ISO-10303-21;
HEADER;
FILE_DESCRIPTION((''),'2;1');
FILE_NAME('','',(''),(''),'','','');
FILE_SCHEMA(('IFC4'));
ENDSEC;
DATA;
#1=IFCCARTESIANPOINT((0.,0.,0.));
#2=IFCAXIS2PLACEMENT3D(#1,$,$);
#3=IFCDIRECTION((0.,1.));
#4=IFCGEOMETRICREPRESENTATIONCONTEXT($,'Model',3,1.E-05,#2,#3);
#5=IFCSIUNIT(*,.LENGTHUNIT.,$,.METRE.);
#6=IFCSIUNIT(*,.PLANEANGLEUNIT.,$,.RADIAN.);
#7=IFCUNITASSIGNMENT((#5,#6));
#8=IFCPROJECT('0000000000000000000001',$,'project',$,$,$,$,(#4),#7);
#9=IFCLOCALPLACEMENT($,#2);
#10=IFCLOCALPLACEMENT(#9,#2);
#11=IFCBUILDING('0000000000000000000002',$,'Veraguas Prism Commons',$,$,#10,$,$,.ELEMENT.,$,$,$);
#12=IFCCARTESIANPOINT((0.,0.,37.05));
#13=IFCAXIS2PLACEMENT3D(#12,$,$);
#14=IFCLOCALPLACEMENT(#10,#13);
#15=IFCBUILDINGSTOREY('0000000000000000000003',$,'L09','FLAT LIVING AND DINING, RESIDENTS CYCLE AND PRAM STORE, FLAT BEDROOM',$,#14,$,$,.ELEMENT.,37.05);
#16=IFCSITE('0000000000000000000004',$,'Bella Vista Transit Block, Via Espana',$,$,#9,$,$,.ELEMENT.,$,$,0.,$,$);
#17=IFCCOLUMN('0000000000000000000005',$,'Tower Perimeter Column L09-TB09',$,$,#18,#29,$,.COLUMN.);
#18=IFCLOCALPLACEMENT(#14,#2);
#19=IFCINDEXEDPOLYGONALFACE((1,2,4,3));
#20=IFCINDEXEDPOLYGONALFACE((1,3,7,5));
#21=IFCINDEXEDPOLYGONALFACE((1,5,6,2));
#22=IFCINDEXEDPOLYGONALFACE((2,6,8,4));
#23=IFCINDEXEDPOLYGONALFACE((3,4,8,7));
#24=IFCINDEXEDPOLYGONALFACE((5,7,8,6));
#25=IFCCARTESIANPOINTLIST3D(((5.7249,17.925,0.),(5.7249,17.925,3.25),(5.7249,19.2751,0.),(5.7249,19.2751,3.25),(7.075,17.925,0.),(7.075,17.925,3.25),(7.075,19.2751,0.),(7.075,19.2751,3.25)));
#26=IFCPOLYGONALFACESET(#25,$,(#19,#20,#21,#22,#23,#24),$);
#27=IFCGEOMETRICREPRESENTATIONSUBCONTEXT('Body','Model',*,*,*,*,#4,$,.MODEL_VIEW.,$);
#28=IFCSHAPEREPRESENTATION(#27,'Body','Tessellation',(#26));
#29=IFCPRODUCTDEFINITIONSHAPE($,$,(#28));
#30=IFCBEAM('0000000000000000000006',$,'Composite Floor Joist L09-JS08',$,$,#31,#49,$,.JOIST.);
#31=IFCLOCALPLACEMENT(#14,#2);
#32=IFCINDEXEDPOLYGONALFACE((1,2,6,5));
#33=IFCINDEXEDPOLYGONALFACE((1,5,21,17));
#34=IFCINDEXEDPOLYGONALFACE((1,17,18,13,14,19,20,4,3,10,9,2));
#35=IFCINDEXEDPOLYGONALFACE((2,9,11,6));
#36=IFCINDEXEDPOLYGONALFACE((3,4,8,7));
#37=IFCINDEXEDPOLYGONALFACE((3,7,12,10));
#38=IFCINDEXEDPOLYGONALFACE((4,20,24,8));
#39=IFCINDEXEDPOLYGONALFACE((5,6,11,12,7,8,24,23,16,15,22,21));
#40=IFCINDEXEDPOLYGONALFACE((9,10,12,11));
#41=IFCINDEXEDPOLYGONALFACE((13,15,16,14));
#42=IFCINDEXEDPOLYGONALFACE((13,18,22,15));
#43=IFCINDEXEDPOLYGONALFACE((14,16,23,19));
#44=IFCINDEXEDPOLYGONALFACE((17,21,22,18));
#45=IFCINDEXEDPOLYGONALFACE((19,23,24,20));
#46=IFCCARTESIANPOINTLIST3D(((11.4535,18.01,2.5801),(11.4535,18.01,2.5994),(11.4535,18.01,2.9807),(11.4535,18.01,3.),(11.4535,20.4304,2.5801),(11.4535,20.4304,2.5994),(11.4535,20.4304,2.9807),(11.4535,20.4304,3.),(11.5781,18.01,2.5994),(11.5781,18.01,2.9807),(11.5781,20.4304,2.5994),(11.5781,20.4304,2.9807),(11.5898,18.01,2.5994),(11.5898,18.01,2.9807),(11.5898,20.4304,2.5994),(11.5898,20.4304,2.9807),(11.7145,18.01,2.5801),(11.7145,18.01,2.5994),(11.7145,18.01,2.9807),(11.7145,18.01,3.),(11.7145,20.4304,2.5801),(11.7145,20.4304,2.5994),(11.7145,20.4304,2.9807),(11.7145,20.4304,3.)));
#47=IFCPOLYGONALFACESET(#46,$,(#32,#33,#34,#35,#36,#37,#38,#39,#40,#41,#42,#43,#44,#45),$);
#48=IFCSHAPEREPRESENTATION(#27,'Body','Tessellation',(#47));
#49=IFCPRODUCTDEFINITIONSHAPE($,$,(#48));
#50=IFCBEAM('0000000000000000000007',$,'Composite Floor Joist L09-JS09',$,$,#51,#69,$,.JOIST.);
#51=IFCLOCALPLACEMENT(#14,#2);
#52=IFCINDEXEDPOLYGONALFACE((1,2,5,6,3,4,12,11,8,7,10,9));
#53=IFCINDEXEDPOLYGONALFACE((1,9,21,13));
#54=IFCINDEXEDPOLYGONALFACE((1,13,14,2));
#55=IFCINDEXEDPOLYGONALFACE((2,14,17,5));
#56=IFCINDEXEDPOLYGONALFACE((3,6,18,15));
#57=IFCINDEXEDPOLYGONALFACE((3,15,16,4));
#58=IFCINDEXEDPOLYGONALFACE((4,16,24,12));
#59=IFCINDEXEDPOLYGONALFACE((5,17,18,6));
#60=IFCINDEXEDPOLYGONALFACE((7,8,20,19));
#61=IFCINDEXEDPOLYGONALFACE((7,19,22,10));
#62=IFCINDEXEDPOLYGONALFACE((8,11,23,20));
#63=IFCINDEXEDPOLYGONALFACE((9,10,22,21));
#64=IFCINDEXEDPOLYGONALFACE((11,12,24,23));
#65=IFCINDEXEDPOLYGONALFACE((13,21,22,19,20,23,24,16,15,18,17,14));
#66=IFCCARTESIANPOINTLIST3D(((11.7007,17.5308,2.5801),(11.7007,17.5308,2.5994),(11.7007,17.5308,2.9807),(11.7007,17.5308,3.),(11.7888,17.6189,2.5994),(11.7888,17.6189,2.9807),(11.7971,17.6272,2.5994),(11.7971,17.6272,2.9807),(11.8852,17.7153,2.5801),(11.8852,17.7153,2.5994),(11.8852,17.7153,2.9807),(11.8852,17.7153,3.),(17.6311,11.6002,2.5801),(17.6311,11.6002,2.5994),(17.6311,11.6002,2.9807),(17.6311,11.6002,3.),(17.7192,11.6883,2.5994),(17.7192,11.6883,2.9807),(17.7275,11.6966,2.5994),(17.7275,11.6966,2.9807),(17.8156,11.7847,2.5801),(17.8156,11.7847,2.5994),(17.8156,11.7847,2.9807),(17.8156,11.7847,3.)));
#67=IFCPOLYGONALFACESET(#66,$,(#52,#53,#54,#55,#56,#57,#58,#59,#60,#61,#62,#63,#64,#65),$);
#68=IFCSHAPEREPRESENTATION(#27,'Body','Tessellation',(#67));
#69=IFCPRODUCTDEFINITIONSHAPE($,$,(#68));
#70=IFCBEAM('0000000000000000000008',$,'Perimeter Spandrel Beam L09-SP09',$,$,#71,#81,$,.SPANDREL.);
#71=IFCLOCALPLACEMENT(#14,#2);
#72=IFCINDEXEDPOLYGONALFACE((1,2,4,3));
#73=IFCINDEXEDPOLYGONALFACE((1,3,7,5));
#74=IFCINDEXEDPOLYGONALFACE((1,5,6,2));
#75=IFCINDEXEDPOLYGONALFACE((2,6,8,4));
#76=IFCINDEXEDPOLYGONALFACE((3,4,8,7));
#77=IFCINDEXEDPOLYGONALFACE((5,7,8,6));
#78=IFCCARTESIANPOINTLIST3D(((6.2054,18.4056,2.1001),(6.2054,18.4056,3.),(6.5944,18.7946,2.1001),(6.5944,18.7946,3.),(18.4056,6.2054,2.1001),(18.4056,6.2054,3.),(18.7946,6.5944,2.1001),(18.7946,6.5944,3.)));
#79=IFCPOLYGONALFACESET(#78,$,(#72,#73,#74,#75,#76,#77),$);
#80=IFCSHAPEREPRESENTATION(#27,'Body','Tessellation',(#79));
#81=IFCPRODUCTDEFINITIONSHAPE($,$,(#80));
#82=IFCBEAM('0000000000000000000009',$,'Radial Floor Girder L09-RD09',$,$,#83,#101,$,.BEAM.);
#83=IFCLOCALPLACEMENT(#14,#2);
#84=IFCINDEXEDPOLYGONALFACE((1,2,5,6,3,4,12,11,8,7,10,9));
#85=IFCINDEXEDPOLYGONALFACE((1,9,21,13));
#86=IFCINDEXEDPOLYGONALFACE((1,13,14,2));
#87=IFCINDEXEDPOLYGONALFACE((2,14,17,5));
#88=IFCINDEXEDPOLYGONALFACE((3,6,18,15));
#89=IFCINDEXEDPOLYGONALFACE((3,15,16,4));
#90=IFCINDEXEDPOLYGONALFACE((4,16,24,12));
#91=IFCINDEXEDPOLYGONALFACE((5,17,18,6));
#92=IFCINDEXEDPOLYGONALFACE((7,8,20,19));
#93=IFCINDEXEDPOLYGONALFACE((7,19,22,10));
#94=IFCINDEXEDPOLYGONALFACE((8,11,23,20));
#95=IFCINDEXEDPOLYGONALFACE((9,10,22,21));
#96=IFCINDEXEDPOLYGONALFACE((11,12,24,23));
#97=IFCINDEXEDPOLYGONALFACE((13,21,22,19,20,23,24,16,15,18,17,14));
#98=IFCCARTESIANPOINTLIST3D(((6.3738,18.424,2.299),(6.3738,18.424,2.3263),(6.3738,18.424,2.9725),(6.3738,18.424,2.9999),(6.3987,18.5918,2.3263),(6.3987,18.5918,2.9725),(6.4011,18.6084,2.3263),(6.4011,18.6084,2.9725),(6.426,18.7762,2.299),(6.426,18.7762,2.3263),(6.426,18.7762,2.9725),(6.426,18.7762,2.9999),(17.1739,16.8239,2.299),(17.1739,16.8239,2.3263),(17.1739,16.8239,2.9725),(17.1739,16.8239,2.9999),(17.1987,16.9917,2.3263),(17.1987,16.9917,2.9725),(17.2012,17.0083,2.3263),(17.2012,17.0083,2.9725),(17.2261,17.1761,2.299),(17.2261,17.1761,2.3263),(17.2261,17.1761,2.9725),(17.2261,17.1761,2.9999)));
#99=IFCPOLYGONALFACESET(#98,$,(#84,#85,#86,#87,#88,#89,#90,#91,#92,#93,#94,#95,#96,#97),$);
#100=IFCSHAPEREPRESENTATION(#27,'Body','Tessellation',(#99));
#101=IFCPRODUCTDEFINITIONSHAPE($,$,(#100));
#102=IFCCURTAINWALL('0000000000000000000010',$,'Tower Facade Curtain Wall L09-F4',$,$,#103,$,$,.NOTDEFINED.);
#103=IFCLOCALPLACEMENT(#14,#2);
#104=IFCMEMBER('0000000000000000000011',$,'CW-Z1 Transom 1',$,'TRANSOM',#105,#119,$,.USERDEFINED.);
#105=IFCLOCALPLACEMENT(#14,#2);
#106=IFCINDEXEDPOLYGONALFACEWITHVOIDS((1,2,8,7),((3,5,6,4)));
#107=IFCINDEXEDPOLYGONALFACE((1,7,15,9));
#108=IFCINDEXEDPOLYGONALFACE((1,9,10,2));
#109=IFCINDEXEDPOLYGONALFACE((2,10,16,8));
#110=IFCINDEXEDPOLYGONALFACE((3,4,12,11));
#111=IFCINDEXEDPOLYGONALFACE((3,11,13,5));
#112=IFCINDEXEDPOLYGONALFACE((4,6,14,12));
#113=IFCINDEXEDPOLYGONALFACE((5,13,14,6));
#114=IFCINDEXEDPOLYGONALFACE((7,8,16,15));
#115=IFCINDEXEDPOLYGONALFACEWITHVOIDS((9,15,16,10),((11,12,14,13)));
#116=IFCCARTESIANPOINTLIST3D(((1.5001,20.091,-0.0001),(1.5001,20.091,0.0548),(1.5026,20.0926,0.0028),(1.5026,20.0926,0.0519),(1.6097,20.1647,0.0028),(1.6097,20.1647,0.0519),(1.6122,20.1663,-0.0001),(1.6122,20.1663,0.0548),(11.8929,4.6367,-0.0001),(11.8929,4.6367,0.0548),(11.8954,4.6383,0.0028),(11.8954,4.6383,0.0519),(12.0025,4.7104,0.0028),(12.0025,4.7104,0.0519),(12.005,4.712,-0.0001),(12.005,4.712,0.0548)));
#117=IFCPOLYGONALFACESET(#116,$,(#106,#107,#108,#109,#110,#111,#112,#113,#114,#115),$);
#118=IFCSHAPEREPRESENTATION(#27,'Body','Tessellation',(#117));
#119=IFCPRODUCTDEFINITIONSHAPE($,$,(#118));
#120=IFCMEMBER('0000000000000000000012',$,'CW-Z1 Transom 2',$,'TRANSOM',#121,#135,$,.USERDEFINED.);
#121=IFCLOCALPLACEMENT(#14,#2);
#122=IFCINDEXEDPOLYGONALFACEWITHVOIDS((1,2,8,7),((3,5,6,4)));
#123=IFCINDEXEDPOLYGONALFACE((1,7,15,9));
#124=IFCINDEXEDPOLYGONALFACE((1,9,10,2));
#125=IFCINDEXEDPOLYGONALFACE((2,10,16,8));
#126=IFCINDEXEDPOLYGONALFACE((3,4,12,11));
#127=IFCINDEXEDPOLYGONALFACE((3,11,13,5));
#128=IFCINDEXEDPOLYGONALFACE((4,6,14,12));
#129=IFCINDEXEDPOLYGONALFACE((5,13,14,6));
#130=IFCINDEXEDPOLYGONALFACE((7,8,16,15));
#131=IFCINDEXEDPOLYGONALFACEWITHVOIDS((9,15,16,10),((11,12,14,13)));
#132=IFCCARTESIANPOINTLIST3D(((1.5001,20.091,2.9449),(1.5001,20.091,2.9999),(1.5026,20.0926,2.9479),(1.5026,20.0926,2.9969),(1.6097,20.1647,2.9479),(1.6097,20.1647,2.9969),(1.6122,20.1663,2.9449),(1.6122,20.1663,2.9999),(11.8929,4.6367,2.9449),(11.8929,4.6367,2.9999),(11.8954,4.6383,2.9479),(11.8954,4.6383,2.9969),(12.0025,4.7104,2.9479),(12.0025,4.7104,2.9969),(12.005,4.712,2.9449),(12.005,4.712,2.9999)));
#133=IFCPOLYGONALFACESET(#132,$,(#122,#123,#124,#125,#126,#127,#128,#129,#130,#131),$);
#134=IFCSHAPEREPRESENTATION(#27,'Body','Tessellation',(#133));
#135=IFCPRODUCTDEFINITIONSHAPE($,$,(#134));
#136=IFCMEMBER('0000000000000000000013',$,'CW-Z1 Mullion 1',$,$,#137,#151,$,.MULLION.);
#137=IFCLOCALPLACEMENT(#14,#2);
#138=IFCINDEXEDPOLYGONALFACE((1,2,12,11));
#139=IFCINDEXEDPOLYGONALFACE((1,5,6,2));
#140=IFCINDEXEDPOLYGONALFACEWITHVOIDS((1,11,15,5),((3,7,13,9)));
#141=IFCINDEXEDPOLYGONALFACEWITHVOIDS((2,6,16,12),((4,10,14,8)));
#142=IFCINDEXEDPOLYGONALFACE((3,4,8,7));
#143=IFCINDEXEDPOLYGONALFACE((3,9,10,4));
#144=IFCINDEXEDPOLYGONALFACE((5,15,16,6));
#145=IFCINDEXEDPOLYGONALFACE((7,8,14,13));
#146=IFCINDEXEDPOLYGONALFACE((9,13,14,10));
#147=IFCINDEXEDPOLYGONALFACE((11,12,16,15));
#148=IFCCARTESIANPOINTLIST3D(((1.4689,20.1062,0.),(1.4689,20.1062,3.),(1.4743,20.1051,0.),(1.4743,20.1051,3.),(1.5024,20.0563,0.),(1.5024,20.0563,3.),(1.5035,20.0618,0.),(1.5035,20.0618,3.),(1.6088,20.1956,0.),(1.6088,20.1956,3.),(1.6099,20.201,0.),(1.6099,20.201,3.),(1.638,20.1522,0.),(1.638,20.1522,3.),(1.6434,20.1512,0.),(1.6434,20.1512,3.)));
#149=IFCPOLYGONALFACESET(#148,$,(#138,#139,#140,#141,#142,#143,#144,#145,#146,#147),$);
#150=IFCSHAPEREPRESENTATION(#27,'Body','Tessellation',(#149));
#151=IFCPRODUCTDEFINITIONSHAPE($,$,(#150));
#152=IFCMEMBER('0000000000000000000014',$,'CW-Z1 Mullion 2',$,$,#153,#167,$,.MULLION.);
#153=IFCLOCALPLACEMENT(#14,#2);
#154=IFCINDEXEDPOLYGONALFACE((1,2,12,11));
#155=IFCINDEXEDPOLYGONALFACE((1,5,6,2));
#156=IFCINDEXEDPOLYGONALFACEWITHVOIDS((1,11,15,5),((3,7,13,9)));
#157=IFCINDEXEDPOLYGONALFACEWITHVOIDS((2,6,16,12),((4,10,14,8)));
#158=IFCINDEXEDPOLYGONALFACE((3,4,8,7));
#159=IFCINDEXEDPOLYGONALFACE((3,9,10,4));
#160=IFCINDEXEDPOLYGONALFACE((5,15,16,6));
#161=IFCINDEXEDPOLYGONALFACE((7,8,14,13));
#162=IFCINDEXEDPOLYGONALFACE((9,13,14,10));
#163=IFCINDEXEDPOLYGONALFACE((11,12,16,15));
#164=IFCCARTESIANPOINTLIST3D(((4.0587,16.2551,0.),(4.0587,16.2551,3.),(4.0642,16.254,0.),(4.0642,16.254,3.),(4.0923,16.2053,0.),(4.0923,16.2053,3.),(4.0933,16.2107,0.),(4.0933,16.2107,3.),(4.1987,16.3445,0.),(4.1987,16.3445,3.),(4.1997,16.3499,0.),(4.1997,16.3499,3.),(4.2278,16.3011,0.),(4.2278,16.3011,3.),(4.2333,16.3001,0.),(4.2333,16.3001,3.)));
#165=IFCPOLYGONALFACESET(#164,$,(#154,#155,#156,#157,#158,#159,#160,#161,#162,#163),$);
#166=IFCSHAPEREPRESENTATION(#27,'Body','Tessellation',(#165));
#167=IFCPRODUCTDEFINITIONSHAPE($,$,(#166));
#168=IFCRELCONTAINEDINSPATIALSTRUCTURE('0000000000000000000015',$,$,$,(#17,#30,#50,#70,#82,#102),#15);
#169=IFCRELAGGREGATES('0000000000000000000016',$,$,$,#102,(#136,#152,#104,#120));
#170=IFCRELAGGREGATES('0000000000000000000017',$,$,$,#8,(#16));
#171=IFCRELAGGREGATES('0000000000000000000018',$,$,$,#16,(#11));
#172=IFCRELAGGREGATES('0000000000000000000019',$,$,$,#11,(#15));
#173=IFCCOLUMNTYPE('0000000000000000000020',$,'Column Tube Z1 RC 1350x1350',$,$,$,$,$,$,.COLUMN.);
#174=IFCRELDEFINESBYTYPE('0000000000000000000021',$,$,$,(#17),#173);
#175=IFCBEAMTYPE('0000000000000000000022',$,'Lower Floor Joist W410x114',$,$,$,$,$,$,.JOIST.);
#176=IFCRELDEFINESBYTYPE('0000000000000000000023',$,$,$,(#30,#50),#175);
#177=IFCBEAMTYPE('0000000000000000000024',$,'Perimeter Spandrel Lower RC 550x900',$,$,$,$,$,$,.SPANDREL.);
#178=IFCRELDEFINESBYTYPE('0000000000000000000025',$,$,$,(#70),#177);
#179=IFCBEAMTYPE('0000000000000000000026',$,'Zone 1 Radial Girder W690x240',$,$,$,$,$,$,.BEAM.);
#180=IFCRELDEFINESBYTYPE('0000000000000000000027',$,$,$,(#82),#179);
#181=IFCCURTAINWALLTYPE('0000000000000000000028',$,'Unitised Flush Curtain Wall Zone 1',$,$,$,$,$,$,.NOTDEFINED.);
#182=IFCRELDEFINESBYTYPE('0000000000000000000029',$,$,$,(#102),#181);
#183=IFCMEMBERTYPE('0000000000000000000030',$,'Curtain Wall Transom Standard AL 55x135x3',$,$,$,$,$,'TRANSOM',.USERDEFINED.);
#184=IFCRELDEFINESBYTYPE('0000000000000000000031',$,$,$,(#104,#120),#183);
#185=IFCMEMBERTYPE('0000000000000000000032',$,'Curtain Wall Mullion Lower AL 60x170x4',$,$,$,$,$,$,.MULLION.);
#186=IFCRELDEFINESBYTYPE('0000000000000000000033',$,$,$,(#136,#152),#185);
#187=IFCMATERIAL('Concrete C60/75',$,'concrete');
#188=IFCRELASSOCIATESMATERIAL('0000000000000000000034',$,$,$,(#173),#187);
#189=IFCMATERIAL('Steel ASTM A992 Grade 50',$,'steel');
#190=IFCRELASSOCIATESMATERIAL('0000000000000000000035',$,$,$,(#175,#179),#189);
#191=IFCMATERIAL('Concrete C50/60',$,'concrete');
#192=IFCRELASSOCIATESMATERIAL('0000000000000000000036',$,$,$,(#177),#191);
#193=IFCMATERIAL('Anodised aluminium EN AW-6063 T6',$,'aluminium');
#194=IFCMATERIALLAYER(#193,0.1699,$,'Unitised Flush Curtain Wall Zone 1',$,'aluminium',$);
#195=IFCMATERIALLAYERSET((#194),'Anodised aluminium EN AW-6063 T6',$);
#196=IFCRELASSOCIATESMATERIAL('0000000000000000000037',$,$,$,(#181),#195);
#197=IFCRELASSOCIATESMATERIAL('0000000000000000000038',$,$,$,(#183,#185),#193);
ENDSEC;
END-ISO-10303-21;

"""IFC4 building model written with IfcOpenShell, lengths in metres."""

from ifc_helpers import new_model, si_unit, direction, frame, origin, origin_2d, place, context, subcontext, project, spatial, rectangle, hollow_rectangle, i_section, extrude, source, transform, mapped, material, layer, layer_set, material_profile, profile_set, type_object, element, aggregate, save


model = new_model("IFC4")

# Units and contexts
model_context = context("Model", 3, precision=1e-05, world=origin(), true_north=direction((0.0, 1.0)))
body_context = subcontext(model_context, "Body", "Model", "MODEL_VIEW")
ifc_project = project(units=[si_unit("LENGTHUNIT", "METRE"), si_unit("PLANEANGLEUNIT", "RADIAN")], contexts=[model_context])

# Site, building, storey
site_placement = place(None, origin())
site = spatial("IfcSite", under=ifc_project, at=site_placement, Name="Bella Vista Transit Block, Via Espana", CompositionType="ELEMENT", RefElevation=0.0)
building_placement = place(site_placement, origin())
building = spatial("IfcBuilding", under=site, at=building_placement, Name="Veraguas Prism Commons", CompositionType="ELEMENT")
storey_placement = place(building_placement, frame((0.0, 0.0, 37.05)))
storey = spatial("IfcBuildingStorey", under=building, at=storey_placement, Name="L09", Description="FLAT LIVING AND DINING, RESIDENTS CYCLE AND PRAM STORE, FLAT BEDROOM", CompositionType="ELEMENT", Elevation=37.05)

# Column
ifc_material_1 = material(Name="Concrete C60/75", Category="concrete")
ifc_material_profile_1 = material_profile(ifc_material_1, rectangle(XDim=1.3501, YDim=1.3501, at=origin_2d()), Name="RC1350X1350")
ifc_profile_set_1 = profile_set([ifc_material_profile_1], Name="Concrete C60/75")
column_type = type_object("IfcColumnType", Name="Column Tube Z1 RC 1350x1350", PredefinedType="COLUMN", material=ifc_profile_set_1)
column_placement = place(storey_placement, frame((6.3999, 18.6001, 0.0), z_axis=(0.0, 0.0, 1.0), x_axis=(1.0, 0.0, 0.0)))
element("IfcColumn", 1, at=column_placement, inside=storey, type_object=column_type, Name="Tower Perimeter Column L09-TB09", PredefinedType="COLUMN", context=body_context, shape_type="SweptSolid", body=[
    extrude(rectangle(XDim=1.3501, YDim=1.3501, at=origin_2d()), origin(), (0.0, 0.0, 1.0), 3.25),
])

# Beams
ifc_material_2 = material(Name="Steel ASTM A992 Grade 50", Category="steel")
ifc_material_profile_2 = material_profile(ifc_material_2, i_section(OverallWidth=0.261, OverallDepth=0.4199, WebThickness=0.0117, FlangeThickness=0.0193, at=origin_2d()), Name="W410X114")
ifc_profile_set_2 = profile_set([ifc_material_profile_2], Name="Steel ASTM A992 Grade 50")
beam_type_1 = type_object("IfcBeamType", Name="Lower Floor Joist W410x114", PredefinedType="JOIST", material=ifc_profile_set_2)
beam_1_placement = place(storey_placement, frame((11.584, 20.4304, 2.79), z_axis=(0.0, -1.0, 0.0), x_axis=(1.0, 0.0, 0.0)))
element("IfcBeam", 2, at=beam_1_placement, inside=storey, type_object=beam_type_1, Name="Composite Floor Joist L09-JS08", PredefinedType="JOIST", context=body_context, shape_type="SweptSolid", body=[
    extrude(i_section(OverallWidth=0.261, OverallDepth=0.4199, WebThickness=0.0117, FlangeThickness=0.0193, at=origin_2d()), origin(), (0.0, 0.0, 1.0), 2.4204),
])
beam_2_placement = place(storey_placement, frame((11.793, 17.623, 2.79), z_axis=(0.707092, -0.707121, 0.0), x_axis=(0.707121, 0.707092, 0.0)))
element("IfcBeam", 3, at=beam_2_placement, inside=storey, type_object=beam_type_1, Name="Composite Floor Joist L09-JS09", PredefinedType="JOIST", context=body_context, shape_type="SweptSolid", body=[
    extrude(i_section(OverallWidth=0.261, OverallDepth=0.4199, WebThickness=0.0117, FlangeThickness=0.0193, at=origin_2d()), origin(), (0.0, 0.0, 1.0), 8.387),
])
ifc_material_3 = material(Name="Concrete C50/60", Category="concrete")
ifc_material_profile_3 = material_profile(ifc_material_3, rectangle(XDim=0.55, YDim=0.8999, at=origin_2d()), Name="RC550X900")
ifc_profile_set_3 = profile_set([ifc_material_profile_3], Name="Concrete C50/60")
beam_type_2 = type_object("IfcBeamType", Name="Perimeter Spandrel Lower RC 550x900", PredefinedType="SPANDREL", material=ifc_profile_set_3)
beam_3_placement = place(storey_placement, frame((6.3999, 18.6001, 2.55), z_axis=(0.707107, -0.707107, 0.0), x_axis=(0.707107, 0.707107, 0.0)))
element("IfcBeam", 4, at=beam_3_placement, inside=storey, type_object=beam_type_2, Name="Perimeter Spandrel Beam L09-SP09", PredefinedType="SPANDREL", context=body_context, shape_type="SweptSolid", body=[
    extrude(rectangle(XDim=0.55, YDim=0.8999, at=origin_2d()), origin(), (0.0, 0.0, 1.0), 17.2537),
])
ifc_material_profile_4 = material_profile(ifc_material_2, i_section(OverallWidth=0.356, OverallDepth=0.7009, WebThickness=0.0168, FlangeThickness=0.0273, at=origin_2d()), Name="W690X240")
ifc_profile_set_4 = profile_set([ifc_material_profile_4], Name="Steel ASTM A992 Grade 50")
beam_type_3 = type_object("IfcBeamType", Name="Zone 1 Radial Girder W690x240", PredefinedType="BEAM", material=ifc_profile_set_4)
beam_4_placement = place(storey_placement, frame((6.3999, 18.6001, 2.6494), z_axis=(0.989202, -0.146557, 0.0), x_axis=(0.146557, 0.989202, 0.0)))
element("IfcBeam", 5, at=beam_4_placement, inside=storey, type_object=beam_type_3, Name="Radial Floor Girder L09-RD09", PredefinedType="BEAM", context=body_context, shape_type="SweptSolid", body=[
    extrude(i_section(OverallWidth=0.356, OverallDepth=0.7009, WebThickness=0.0168, FlangeThickness=0.0273, at=origin_2d()), origin(), (0.0, 0.0, 1.0), 10.918),
])

# Curtain wall, members
ifc_material_4 = material(Name="Anodised aluminium EN AW-6063 T6", Category="aluminium")
ifc_layer_1 = layer(ifc_material_4, 0.1699, Name="Unitised Flush Curtain Wall Zone 1", Category="aluminium")
ifc_layer_set_1 = layer_set([ifc_layer_1], Name="Anodised aluminium EN AW-6063 T6")
curtain_wall_type = type_object("IfcCurtainWallType", Name="Unitised Flush Curtain Wall Zone 1", PredefinedType="NOTDEFINED", material=ifc_layer_set_1)
curtain_wall_1_placement = place(storey_placement, origin())
curtain_wall_1 = element("IfcCurtainWall", 6, at=curtain_wall_1_placement, inside=storey, type_object=curtain_wall_type, Name="Tower Facade Curtain Wall L09-F4", PredefinedType="NOTDEFINED")
ifc_material_profile_5 = material_profile(ifc_material_4, hollow_rectangle(XDim=0.0549, YDim=0.135, WallThickness=0.0029, at=origin_2d()), Name="AL55X135X3")
ifc_profile_set_5 = profile_set([ifc_material_profile_5], Name="Anodised aluminium EN AW-6063 T6")
member_type_1 = type_object("IfcMemberType", Name="Curtain Wall Transom Standard AL 55x135x3", ElementType="TRANSOM", PredefinedType="USERDEFINED", material=ifc_profile_set_5)
shared_shape_1 = source(origin(), body_context, "Body", "SweptSolid", [
    extrude(hollow_rectangle(XDim=0.0549, YDim=0.135, WallThickness=0.0029, at=origin_2d()), origin(), (0.0, 0.0, 1.0), 18.6238),
])
member_1_placement = place(storey_placement, frame((1.5562, 20.1287, 0.0273), z_axis=(0.558039, -0.829815, 0.0), x_axis=(0.0, 0.0, 1.0)))
member_1 = element("IfcMember", 7, at=member_1_placement, type_object=member_type_1, Name="CW-Z1 Transom 1", ObjectType="TRANSOM", PredefinedType="USERDEFINED", context=body_context, shape_type="MappedRepresentation", body=[
    mapped(shared_shape_1, transform((0.0, 0.0, 0.0), scale=1.0)),
])
member_2_placement = place(storey_placement, frame((1.5562, 20.1287, 2.9724), z_axis=(0.558039, -0.829815, 0.0), x_axis=(0.0, 0.0, 1.0)))
member_2 = element("IfcMember", 8, at=member_2_placement, type_object=member_type_1, Name="CW-Z1 Transom 2", ObjectType="TRANSOM", PredefinedType="USERDEFINED", context=body_context, shape_type="MappedRepresentation", body=[
    mapped(shared_shape_1, transform((0.0, 0.0, 0.0), scale=1.0)),
])
ifc_material_profile_6 = material_profile(ifc_material_4, hollow_rectangle(XDim=0.0601, YDim=0.1699, WallThickness=0.0039, at=origin_2d()), Name="AL60X170X4")
ifc_profile_set_6 = profile_set([ifc_material_profile_6], Name="Anodised aluminium EN AW-6063 T6")
member_type_2 = type_object("IfcMemberType", Name="Curtain Wall Mullion Lower AL 60x170x4", PredefinedType="MULLION", material=ifc_profile_set_6)
shared_shape_2 = source(origin(), body_context, "Body", "SweptSolid", [
    extrude(hollow_rectangle(XDim=0.0601, YDim=0.1699, WallThickness=0.0039, at=origin_2d()), origin(), (0.0, 0.0, 1.0), 3.0),
])
member_3_placement = place(storey_placement, frame((1.5562, 20.1287, 0.0), z_axis=(0.0, 0.0, 1.0), x_axis=(0.558035, -0.829818, 0.0)))
member_3 = element("IfcMember", 9, at=member_3_placement, type_object=member_type_2, Name="CW-Z1 Mullion 1", PredefinedType="MULLION", context=body_context, shape_type="MappedRepresentation", body=[
    mapped(shared_shape_2, transform((0.0, 0.0, 0.0), scale=1.0)),
])
member_4_placement = place(storey_placement, frame((4.146, 16.2776, 0.0), z_axis=(0.0, 0.0, 1.0), x_axis=(0.558035, -0.829818, 0.0)))
member_4 = element("IfcMember", 10, at=member_4_placement, type_object=member_type_2, Name="CW-Z1 Mullion 2", PredefinedType="MULLION", context=body_context, shape_type="MappedRepresentation", body=[
    mapped(shared_shape_2, transform((0.0, 0.0, 0.0), scale=1.0)),
])

aggregate(curtain_wall_1, [member_3, member_4, member_1, member_2])

save(model, "model.ifc")
